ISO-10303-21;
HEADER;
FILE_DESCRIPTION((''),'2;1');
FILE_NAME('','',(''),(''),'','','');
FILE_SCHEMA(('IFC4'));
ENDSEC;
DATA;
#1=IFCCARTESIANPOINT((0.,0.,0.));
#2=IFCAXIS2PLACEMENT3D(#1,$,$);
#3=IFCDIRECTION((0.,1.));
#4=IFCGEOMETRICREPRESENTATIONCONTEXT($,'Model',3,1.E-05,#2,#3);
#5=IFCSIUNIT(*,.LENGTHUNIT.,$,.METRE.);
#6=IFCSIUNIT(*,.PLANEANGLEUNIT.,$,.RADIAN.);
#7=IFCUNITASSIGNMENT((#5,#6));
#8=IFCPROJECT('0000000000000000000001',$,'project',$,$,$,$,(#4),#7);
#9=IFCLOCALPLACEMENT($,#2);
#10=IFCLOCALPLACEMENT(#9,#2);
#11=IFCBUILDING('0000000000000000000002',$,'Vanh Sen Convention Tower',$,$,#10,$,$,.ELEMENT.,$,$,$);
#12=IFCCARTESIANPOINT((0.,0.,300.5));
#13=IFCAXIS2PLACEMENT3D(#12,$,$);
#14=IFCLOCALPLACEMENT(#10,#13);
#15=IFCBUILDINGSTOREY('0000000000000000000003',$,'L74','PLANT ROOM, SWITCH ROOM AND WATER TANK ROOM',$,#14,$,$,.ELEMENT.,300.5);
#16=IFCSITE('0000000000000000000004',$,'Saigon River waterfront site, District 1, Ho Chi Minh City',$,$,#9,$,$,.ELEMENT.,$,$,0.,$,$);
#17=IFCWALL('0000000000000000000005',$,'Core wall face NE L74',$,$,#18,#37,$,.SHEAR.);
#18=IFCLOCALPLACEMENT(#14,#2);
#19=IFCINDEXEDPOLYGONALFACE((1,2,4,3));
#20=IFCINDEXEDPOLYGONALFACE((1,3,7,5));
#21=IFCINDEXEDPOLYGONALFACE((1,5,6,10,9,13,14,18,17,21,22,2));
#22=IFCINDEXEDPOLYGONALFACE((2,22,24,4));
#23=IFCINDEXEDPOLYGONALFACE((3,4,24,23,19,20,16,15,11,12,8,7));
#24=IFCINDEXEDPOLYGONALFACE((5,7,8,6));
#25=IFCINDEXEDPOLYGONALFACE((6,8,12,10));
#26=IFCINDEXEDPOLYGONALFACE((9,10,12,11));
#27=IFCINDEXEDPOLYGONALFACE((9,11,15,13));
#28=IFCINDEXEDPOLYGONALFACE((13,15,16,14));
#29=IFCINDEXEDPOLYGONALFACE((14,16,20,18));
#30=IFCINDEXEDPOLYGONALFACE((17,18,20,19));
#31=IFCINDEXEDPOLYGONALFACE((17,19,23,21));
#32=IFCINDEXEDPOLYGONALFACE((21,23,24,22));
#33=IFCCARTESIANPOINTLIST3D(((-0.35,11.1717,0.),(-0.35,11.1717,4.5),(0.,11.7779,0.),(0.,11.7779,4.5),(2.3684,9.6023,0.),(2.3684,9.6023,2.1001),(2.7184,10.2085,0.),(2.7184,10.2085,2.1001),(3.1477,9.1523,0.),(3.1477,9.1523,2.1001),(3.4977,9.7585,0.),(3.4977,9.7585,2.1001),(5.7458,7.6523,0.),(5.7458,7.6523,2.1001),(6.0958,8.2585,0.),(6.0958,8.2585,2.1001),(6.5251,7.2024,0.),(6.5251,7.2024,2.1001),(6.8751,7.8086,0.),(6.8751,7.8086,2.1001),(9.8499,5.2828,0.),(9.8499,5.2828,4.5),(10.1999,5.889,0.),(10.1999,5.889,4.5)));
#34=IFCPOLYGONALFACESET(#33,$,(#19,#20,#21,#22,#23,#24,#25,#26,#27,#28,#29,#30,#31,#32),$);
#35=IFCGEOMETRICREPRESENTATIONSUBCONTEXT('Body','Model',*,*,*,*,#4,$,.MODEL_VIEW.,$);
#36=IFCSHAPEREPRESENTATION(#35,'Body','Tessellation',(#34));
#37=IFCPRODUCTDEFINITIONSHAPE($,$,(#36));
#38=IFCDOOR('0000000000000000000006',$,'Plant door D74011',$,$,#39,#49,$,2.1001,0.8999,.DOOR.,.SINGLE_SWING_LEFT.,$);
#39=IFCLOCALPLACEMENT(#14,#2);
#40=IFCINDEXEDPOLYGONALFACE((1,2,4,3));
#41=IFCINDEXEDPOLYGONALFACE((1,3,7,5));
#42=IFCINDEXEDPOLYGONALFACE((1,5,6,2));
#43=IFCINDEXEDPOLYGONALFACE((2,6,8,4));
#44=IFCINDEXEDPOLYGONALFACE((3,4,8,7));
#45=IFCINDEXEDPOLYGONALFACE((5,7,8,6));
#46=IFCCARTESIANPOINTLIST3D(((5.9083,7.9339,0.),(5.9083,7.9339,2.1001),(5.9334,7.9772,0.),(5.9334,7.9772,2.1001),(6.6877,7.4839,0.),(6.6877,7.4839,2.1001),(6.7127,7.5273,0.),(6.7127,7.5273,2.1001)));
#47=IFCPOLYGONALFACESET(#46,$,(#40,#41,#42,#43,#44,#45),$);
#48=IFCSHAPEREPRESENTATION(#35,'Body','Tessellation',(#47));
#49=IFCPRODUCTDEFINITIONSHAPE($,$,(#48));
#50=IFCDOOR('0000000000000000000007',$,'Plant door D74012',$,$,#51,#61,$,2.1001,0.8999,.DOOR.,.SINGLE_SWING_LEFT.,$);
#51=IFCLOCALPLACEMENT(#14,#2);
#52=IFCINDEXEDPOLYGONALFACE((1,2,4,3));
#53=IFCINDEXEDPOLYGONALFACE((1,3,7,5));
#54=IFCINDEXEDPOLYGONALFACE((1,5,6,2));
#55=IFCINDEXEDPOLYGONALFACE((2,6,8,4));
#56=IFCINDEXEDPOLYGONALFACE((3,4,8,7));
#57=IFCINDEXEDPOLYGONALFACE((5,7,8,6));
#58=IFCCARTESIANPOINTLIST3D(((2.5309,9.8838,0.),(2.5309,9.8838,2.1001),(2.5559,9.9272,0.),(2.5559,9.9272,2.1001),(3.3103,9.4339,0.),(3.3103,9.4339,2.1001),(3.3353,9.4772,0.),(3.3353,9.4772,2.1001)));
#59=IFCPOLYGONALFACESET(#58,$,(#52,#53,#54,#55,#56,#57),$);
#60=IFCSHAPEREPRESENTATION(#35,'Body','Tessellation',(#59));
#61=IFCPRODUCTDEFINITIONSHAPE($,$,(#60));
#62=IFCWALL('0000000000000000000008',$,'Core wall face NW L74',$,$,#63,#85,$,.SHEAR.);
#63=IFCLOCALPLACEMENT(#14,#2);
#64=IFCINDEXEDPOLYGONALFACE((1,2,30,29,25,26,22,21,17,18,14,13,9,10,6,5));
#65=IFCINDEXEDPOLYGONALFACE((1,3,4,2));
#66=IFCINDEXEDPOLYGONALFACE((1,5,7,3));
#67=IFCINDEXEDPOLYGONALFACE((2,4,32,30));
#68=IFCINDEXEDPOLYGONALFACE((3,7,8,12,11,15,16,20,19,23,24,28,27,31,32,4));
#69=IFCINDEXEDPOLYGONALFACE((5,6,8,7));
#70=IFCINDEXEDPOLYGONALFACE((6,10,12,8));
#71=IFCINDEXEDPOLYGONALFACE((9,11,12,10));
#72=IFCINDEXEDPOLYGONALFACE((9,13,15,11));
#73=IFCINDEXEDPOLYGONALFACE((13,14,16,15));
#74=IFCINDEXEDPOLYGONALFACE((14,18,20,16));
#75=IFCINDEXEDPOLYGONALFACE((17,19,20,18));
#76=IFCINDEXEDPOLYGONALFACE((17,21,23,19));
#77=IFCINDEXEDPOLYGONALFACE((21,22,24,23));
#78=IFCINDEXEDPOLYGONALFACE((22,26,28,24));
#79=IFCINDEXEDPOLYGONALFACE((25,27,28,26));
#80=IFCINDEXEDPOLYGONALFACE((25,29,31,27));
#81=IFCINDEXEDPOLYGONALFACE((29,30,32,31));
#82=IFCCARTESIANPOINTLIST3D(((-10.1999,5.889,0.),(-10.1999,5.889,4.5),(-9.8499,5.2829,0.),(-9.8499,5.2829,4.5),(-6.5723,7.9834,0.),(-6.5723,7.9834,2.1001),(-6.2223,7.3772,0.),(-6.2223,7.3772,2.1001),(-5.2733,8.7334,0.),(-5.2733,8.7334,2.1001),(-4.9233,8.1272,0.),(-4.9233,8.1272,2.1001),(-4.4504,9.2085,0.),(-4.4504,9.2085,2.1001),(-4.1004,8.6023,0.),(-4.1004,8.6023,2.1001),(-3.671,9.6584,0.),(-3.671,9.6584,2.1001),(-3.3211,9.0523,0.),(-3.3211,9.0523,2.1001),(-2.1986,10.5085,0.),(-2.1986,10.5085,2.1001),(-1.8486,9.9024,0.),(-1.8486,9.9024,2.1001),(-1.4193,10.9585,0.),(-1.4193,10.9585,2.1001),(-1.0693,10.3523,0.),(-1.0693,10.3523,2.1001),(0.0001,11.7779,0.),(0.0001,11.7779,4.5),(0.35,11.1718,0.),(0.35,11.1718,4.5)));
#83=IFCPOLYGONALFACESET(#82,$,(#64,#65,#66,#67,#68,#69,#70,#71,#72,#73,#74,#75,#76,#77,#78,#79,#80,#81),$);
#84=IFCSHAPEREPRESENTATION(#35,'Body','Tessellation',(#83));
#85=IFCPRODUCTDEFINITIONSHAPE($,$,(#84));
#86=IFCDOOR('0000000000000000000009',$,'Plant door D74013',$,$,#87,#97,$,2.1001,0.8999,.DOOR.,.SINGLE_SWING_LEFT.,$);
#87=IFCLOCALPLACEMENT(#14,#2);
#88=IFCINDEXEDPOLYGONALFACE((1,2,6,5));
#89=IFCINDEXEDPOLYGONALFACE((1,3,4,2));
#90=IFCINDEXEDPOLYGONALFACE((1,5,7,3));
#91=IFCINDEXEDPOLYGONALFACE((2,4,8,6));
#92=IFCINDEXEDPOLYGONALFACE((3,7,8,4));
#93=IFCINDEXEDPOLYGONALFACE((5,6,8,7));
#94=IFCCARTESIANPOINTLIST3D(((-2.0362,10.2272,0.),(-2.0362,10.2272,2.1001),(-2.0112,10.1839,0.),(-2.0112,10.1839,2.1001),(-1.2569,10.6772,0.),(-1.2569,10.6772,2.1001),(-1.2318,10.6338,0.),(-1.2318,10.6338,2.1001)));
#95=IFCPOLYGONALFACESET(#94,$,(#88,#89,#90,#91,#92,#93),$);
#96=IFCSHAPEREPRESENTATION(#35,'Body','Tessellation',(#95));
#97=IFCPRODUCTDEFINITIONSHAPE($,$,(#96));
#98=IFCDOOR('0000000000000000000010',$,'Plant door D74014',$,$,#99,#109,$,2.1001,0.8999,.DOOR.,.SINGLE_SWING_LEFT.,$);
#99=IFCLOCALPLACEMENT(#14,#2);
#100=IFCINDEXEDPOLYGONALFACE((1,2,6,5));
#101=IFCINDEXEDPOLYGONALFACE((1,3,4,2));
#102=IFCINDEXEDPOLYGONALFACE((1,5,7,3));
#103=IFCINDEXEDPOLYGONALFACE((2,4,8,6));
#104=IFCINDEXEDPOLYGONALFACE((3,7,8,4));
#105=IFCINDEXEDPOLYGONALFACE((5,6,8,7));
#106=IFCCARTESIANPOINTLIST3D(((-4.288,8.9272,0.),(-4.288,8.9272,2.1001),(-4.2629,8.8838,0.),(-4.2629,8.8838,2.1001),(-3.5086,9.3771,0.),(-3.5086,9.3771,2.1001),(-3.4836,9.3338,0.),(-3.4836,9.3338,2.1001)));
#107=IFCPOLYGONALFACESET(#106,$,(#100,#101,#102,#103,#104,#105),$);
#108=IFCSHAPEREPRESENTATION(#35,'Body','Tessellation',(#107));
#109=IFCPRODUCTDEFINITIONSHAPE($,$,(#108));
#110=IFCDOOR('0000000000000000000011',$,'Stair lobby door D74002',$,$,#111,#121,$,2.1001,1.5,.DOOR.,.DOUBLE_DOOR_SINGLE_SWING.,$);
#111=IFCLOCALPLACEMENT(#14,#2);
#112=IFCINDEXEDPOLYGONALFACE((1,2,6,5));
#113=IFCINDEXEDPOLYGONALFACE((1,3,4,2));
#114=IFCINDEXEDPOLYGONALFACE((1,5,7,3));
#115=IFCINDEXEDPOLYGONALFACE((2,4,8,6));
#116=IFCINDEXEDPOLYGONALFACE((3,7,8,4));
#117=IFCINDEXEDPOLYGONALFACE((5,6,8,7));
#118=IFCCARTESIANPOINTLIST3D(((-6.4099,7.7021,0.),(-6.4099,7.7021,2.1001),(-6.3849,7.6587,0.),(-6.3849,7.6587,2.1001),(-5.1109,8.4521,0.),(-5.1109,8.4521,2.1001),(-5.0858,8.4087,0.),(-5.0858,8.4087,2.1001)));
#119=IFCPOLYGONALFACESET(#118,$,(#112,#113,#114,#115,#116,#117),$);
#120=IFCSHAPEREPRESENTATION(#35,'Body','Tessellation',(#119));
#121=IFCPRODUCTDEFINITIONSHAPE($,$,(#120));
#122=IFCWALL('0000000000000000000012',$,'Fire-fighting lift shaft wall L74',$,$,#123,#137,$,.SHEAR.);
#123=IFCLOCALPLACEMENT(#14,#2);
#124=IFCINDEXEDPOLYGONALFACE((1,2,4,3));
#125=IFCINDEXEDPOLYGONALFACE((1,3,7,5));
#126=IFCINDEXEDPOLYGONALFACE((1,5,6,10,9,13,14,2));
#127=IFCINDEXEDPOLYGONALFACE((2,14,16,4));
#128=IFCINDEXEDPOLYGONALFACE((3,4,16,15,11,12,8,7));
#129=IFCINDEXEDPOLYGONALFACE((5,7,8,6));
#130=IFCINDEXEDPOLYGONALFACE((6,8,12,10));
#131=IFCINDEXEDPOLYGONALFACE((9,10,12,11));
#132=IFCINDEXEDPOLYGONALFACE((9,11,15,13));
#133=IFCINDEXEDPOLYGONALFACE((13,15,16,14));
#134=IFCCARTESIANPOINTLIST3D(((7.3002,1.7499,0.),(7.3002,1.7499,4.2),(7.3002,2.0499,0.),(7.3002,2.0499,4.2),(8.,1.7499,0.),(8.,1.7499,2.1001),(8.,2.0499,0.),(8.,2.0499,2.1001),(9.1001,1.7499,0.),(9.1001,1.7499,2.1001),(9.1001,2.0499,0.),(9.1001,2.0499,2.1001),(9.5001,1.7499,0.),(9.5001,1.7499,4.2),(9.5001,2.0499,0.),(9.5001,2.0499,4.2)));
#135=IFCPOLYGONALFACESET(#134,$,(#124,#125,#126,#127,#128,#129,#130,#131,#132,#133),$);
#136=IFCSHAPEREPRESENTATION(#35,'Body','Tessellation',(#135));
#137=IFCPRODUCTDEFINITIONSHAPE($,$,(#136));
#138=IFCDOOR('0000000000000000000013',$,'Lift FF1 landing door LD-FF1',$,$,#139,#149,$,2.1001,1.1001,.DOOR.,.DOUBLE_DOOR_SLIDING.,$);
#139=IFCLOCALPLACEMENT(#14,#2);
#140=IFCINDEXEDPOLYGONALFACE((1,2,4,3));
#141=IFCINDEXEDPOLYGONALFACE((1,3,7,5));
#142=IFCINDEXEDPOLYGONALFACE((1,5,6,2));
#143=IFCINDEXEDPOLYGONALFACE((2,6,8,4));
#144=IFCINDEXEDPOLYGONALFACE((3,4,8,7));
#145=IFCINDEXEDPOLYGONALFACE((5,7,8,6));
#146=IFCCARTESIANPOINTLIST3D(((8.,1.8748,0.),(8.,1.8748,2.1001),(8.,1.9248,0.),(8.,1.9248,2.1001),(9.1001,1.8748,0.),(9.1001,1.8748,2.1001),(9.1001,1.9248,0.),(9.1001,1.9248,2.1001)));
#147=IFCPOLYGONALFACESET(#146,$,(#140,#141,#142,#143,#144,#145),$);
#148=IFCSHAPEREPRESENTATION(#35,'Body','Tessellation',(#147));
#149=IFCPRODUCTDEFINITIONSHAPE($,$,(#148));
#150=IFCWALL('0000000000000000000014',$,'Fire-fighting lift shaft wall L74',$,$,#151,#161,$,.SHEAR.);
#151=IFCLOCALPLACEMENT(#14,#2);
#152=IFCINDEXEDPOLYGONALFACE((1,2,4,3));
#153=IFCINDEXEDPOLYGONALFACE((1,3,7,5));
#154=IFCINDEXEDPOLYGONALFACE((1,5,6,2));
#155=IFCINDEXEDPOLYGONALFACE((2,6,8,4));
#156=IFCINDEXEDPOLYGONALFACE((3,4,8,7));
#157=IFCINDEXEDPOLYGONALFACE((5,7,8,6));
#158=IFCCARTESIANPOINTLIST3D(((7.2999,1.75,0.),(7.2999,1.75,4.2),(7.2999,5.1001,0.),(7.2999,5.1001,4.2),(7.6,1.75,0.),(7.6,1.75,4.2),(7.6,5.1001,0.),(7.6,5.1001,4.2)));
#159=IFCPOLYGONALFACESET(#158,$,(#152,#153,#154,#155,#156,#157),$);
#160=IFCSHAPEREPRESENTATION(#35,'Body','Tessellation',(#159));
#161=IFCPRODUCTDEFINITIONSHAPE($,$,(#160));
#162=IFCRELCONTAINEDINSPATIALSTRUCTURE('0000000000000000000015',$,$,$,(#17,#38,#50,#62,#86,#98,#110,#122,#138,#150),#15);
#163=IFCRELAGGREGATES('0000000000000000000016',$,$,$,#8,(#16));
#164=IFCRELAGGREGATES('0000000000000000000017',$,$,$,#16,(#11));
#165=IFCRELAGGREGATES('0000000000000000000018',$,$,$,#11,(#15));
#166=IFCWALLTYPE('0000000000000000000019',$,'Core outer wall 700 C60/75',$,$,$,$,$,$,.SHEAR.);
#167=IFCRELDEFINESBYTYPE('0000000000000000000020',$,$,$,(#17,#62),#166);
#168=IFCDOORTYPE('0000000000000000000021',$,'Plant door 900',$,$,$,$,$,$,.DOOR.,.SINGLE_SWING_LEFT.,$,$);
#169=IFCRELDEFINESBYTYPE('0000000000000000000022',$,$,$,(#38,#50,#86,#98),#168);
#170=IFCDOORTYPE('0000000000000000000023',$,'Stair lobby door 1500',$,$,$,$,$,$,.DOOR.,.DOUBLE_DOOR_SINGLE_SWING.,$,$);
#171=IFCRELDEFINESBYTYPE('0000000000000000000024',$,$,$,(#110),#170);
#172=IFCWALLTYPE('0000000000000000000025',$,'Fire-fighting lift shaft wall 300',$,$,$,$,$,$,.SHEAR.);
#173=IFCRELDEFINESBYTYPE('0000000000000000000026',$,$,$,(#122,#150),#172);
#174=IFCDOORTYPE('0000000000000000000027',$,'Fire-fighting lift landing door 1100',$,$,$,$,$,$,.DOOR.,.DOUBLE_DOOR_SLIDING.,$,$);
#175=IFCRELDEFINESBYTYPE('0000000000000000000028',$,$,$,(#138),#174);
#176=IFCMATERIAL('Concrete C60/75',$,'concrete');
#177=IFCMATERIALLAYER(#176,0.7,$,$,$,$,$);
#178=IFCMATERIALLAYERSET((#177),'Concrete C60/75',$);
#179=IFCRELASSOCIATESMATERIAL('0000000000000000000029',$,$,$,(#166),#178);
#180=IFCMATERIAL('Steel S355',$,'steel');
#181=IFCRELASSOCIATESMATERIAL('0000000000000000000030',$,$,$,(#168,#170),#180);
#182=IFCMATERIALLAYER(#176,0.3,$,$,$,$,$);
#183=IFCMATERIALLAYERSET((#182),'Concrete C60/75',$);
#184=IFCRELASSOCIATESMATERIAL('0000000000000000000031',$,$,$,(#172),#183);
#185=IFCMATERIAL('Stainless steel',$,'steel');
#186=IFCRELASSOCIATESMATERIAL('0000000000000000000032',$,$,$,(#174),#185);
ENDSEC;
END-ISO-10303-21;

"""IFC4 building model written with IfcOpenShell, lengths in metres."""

from ifc_helpers import new_model, si_unit, direction, frame, frame_2d, origin, place, context, subcontext, project, spatial, rectangle, extrude, material, layer, layer_set, type_object, element, fill, save


model = new_model("IFC4")

# Units and contexts
model_context = context("Model", 3, precision=1e-05, world=origin(), true_north=direction((0.0, 1.0)))
body_context = subcontext(model_context, "Body", "Model", "MODEL_VIEW")
ifc_project = project(units=[si_unit("LENGTHUNIT", "METRE"), si_unit("PLANEANGLEUNIT", "RADIAN")], contexts=[model_context])

# Site, building, storey
site_placement = place(None, origin())
site = spatial("IfcSite", under=ifc_project, at=site_placement, Name="Saigon River waterfront site, District 1, Ho Chi Minh City", CompositionType="ELEMENT", RefElevation=0.0)
building_placement = place(site_placement, origin())
building = spatial("IfcBuilding", under=site, at=building_placement, Name="Vanh Sen Convention Tower", CompositionType="ELEMENT")
storey_placement = place(building_placement, frame((0.0, 0.0, 300.5)))
storey = spatial("IfcBuildingStorey", under=building, at=storey_placement, Name="L74", Description="PLANT ROOM, SWITCH ROOM AND WATER TANK ROOM", CompositionType="ELEMENT", Elevation=300.5)

# Walls, openings, doors
ifc_material_1 = material(Name="Concrete C60/75", Category="concrete")
ifc_layer_1 = layer(ifc_material_1, 0.7)
ifc_layer_set_1 = layer_set([ifc_layer_1], Name="Concrete C60/75")
wall_type_1 = type_object("IfcWallType", Name="Core outer wall 700 C60/75", PredefinedType="SHEAR", material=ifc_layer_set_1)
wall_1_placement = place(storey_placement, frame((10.0249, 5.5859, 0.0), z_axis=(0.0, 0.0, 1.0), x_axis=(-0.866026, 0.499998, 0.0)))
wall_1 = element("IfcWall", 1, at=wall_1_placement, inside=storey, type_object=wall_type_1, Name="Core wall face NE L74", PredefinedType="SHEAR", context=body_context, shape_type="SweptSolid", body=[
    extrude(rectangle(XDim=11.7778, YDim=0.7, at=frame_2d((5.8889, 0.0))), origin(), (0.0, 0.0, 1.0), 4.5),
])
opening_1_placement = place(wall_1_placement, frame((3.8391, 0.0, 0.0)))
opening_1 = element("IfcOpeningElement", 2, at=opening_1_placement, cuts=wall_1, PredefinedType="OPENING", context=body_context, shape_type="SweptSolid", body=[
    extrude(rectangle(XDim=0.8999, YDim=2.1001, at=frame_2d((0.45, 1.05))), frame((0.0, 0.3599, 0.0), z_axis=(0.0, -1.0, 0.0), x_axis=(1.0, 0.0, 0.0)), (0.0, 0.0, 1.0), 0.72),
])
opening_2_placement = place(wall_1_placement, frame((7.739, 0.0, 0.0)))
opening_2 = element("IfcOpeningElement", 3, at=opening_2_placement, cuts=wall_1, PredefinedType="OPENING", context=body_context, shape_type="SweptSolid", body=[
    extrude(rectangle(XDim=0.8999, YDim=2.1001, at=frame_2d((0.45, 1.05))), frame((0.0, 0.3599, 0.0), z_axis=(0.0, -1.0, 0.0), x_axis=(1.0, 0.0, 0.0)), (0.0, 0.0, 1.0), 0.72),
])
ifc_material_2 = material(Name="Steel S355", Category="steel")
door_type_1 = type_object("IfcDoorType", Name="Plant door 900", OperationType="SINGLE_SWING_LEFT", PredefinedType="DOOR", material=ifc_material_2)
door_1_placement = place(opening_1_placement, origin())
door_1 = element("IfcDoor", 4, at=door_1_placement, inside=storey, type_object=door_type_1, Name="Plant door D74011", OperationType="SINGLE_SWING_LEFT", OverallHeight=2.1001, OverallWidth=0.8999, PredefinedType="DOOR", context=body_context, shape_type="SweptSolid", body=[
    extrude(rectangle(XDim=0.8999, YDim=2.1001, at=frame_2d((0.45, 1.05))), frame((0.0, 0.0249, 0.0), z_axis=(0.0, -1.0, 0.0), x_axis=(1.0, 0.0, 0.0)), (0.0, 0.0, 1.0), 0.05),
])
fill(opening_1, door_1)
door_2_placement = place(opening_2_placement, origin())
door_2 = element("IfcDoor", 5, at=door_2_placement, inside=storey, type_object=door_type_1, Name="Plant door D74012", OperationType="SINGLE_SWING_LEFT", OverallHeight=2.1001, OverallWidth=0.8999, PredefinedType="DOOR", context=body_context, shape_type="SweptSolid", body=[
    extrude(rectangle(XDim=0.8999, YDim=2.1001, at=frame_2d((0.45, 1.05))), frame((0.0, 0.0249, 0.0), z_axis=(0.0, -1.0, 0.0), x_axis=(1.0, 0.0, 0.0)), (0.0, 0.0, 1.0), 0.05),
])
fill(opening_2, door_2)
wall_2_placement = place(storey_placement, frame((0.175, 11.4749, 0.0), z_axis=(0.0, 0.0, 1.0), x_axis=(-0.866026, -0.499998, 0.0)))
wall_2 = element("IfcWall", 6, at=wall_2_placement, inside=storey, type_object=wall_type_1, Name="Core wall face NW L74", PredefinedType="SHEAR", context=body_context, shape_type="SweptSolid", body=[
    extrude(rectangle(XDim=11.7778, YDim=0.7, at=frame_2d((5.8889, 0.0))), origin(), (0.0, 0.0, 1.0), 4.5),
])
opening_3_placement = place(wall_2_placement, frame((6.0891, 0.0, 0.0)))
opening_3 = element("IfcOpeningElement", 7, at=opening_3_placement, cuts=wall_2, PredefinedType="OPENING", context=body_context, shape_type="SweptSolid", body=[
    extrude(rectangle(XDim=1.5, YDim=2.1001, at=frame_2d((0.75, 1.05))), frame((0.0, 0.3599, 0.0), z_axis=(0.0, -1.0, 0.0), x_axis=(1.0, 0.0, 0.0)), (0.0, 0.0, 1.0), 0.72),
])
opening_4_placement = place(wall_2_placement, frame((1.6389, 0.0, 0.0)))
opening_4 = element("IfcOpeningElement", 8, at=opening_4_placement, cuts=wall_2, PredefinedType="OPENING", context=body_context, shape_type="SweptSolid", body=[
    extrude(rectangle(XDim=0.8999, YDim=2.1001, at=frame_2d((0.45, 1.05))), frame((0.0, 0.3599, 0.0), z_axis=(0.0, -1.0, 0.0), x_axis=(1.0, 0.0, 0.0)), (0.0, 0.0, 1.0), 0.72),
])
opening_5_placement = place(wall_2_placement, frame((4.239, 0.0, 0.0)))
opening_5 = element("IfcOpeningElement", 9, at=opening_5_placement, cuts=wall_2, PredefinedType="OPENING", context=body_context, shape_type="SweptSolid", body=[
    extrude(rectangle(XDim=0.8999, YDim=2.1001, at=frame_2d((0.45, 1.05))), frame((0.0, 0.3599, 0.0), z_axis=(0.0, -1.0, 0.0), x_axis=(1.0, 0.0, 0.0)), (0.0, 0.0, 1.0), 0.72),
])
door_3_placement = place(opening_4_placement, origin())
door_3 = element("IfcDoor", 10, at=door_3_placement, inside=storey, type_object=door_type_1, Name="Plant door D74013", OperationType="SINGLE_SWING_LEFT", OverallHeight=2.1001, OverallWidth=0.8999, PredefinedType="DOOR", context=body_context, shape_type="SweptSolid", body=[
    extrude(rectangle(XDim=0.8999, YDim=2.1001, at=frame_2d((0.45, 1.05))), frame((0.0, 0.0249, 0.0), z_axis=(0.0, -1.0, 0.0), x_axis=(1.0, 0.0, 0.0)), (0.0, 0.0, 1.0), 0.05),
])
fill(opening_4, door_3)
door_4_placement = place(opening_5_placement, origin())
door_4 = element("IfcDoor", 11, at=door_4_placement, inside=storey, type_object=door_type_1, Name="Plant door D74014", OperationType="SINGLE_SWING_LEFT", OverallHeight=2.1001, OverallWidth=0.8999, PredefinedType="DOOR", context=body_context, shape_type="SweptSolid", body=[
    extrude(rectangle(XDim=0.8999, YDim=2.1001, at=frame_2d((0.45, 1.05))), frame((0.0, 0.0249, 0.0), z_axis=(0.0, -1.0, 0.0), x_axis=(1.0, 0.0, 0.0)), (0.0, 0.0, 1.0), 0.05),
])
fill(opening_5, door_4)
door_type_2 = type_object("IfcDoorType", Name="Stair lobby door 1500", OperationType="DOUBLE_DOOR_SINGLE_SWING", PredefinedType="DOOR", material=ifc_material_2)
door_5_placement = place(opening_3_placement, origin())
door_5 = element("IfcDoor", 12, at=door_5_placement, inside=storey, type_object=door_type_2, Name="Stair lobby door D74002", OperationType="DOUBLE_DOOR_SINGLE_SWING", OverallHeight=2.1001, OverallWidth=1.5, PredefinedType="DOOR", context=body_context, shape_type="SweptSolid", body=[
    extrude(rectangle(XDim=1.5, YDim=2.1001, at=frame_2d((0.75, 1.05))), frame((0.0, 0.0249, 0.0), z_axis=(0.0, -1.0, 0.0), x_axis=(1.0, 0.0, 0.0)), (0.0, 0.0, 1.0), 0.05),
])
fill(opening_3, door_5)

# Wall, opening, door
ifc_layer_2 = layer(ifc_material_1, 0.3)
ifc_layer_set_2 = layer_set([ifc_layer_2], Name="Concrete C60/75")
wall_type_2 = type_object("IfcWallType", Name="Fire-fighting lift shaft wall 300", PredefinedType="SHEAR", material=ifc_layer_set_2)
wall_3_placement = place(storey_placement, frame((7.3, 1.8999, 0.0), z_axis=(0.0, 0.0, 1.0), x_axis=(1.0, 0.0, 0.0)))
wall_3 = element("IfcWall", 13, at=wall_3_placement, inside=storey, type_object=wall_type_2, Name="Fire-fighting lift shaft wall L74", PredefinedType="SHEAR", context=body_context, shape_type="SweptSolid", body=[
    extrude(rectangle(XDim=2.2, YDim=0.3, at=frame_2d((1.1001, 0.0))), origin(), (0.0, 0.0, 1.0), 4.2),
])
opening_6_placement = place(wall_3_placement, frame((0.7, 0.0, 0.0)))
opening_6 = element("IfcOpeningElement", 14, at=opening_6_placement, cuts=wall_3, PredefinedType="OPENING", context=body_context, shape_type="SweptSolid", body=[
    extrude(rectangle(XDim=1.1001, YDim=2.1001, at=frame_2d((0.55, 1.05))), frame((0.0, 0.1599, 0.0), z_axis=(0.0, -1.0, 0.0), x_axis=(1.0, 0.0, 0.0)), (0.0, 0.0, 1.0), 0.3201),
])
ifc_material_3 = material(Name="Stainless steel", Category="steel")
door_type_3 = type_object("IfcDoorType", Name="Fire-fighting lift landing door 1100", OperationType="DOUBLE_DOOR_SLIDING", PredefinedType="DOOR", material=ifc_material_3)
door_6_placement = place(opening_6_placement, origin())
door_6 = element("IfcDoor", 15, at=door_6_placement, inside=storey, type_object=door_type_3, Name="Lift FF1 landing door LD-FF1", OperationType="DOUBLE_DOOR_SLIDING", OverallHeight=2.1001, OverallWidth=1.1001, PredefinedType="DOOR", context=body_context, shape_type="SweptSolid", body=[
    extrude(rectangle(XDim=1.1001, YDim=2.1001, at=frame_2d((0.55, 1.05))), frame((0.0, 0.0249, 0.0), z_axis=(0.0, -1.0, 0.0), x_axis=(1.0, 0.0, 0.0)), (0.0, 0.0, 1.0), 0.05),
])
fill(opening_6, door_6)

# Wall
wall_4_placement = place(storey_placement, frame((7.45, 1.75, 0.0), z_axis=(0.0, 0.0, 1.0), x_axis=(0.0, 1.0, 0.0)))
element("IfcWall", 16, at=wall_4_placement, inside=storey, type_object=wall_type_2, Name="Fire-fighting lift shaft wall L74", PredefinedType="SHEAR", context=body_context, shape_type="SweptSolid", body=[
    extrude(rectangle(XDim=3.3501, YDim=0.3, at=frame_2d((1.675, 0.0))), origin(), (0.0, 0.0, 1.0), 4.2),
])

save(model, "model.ifc")
